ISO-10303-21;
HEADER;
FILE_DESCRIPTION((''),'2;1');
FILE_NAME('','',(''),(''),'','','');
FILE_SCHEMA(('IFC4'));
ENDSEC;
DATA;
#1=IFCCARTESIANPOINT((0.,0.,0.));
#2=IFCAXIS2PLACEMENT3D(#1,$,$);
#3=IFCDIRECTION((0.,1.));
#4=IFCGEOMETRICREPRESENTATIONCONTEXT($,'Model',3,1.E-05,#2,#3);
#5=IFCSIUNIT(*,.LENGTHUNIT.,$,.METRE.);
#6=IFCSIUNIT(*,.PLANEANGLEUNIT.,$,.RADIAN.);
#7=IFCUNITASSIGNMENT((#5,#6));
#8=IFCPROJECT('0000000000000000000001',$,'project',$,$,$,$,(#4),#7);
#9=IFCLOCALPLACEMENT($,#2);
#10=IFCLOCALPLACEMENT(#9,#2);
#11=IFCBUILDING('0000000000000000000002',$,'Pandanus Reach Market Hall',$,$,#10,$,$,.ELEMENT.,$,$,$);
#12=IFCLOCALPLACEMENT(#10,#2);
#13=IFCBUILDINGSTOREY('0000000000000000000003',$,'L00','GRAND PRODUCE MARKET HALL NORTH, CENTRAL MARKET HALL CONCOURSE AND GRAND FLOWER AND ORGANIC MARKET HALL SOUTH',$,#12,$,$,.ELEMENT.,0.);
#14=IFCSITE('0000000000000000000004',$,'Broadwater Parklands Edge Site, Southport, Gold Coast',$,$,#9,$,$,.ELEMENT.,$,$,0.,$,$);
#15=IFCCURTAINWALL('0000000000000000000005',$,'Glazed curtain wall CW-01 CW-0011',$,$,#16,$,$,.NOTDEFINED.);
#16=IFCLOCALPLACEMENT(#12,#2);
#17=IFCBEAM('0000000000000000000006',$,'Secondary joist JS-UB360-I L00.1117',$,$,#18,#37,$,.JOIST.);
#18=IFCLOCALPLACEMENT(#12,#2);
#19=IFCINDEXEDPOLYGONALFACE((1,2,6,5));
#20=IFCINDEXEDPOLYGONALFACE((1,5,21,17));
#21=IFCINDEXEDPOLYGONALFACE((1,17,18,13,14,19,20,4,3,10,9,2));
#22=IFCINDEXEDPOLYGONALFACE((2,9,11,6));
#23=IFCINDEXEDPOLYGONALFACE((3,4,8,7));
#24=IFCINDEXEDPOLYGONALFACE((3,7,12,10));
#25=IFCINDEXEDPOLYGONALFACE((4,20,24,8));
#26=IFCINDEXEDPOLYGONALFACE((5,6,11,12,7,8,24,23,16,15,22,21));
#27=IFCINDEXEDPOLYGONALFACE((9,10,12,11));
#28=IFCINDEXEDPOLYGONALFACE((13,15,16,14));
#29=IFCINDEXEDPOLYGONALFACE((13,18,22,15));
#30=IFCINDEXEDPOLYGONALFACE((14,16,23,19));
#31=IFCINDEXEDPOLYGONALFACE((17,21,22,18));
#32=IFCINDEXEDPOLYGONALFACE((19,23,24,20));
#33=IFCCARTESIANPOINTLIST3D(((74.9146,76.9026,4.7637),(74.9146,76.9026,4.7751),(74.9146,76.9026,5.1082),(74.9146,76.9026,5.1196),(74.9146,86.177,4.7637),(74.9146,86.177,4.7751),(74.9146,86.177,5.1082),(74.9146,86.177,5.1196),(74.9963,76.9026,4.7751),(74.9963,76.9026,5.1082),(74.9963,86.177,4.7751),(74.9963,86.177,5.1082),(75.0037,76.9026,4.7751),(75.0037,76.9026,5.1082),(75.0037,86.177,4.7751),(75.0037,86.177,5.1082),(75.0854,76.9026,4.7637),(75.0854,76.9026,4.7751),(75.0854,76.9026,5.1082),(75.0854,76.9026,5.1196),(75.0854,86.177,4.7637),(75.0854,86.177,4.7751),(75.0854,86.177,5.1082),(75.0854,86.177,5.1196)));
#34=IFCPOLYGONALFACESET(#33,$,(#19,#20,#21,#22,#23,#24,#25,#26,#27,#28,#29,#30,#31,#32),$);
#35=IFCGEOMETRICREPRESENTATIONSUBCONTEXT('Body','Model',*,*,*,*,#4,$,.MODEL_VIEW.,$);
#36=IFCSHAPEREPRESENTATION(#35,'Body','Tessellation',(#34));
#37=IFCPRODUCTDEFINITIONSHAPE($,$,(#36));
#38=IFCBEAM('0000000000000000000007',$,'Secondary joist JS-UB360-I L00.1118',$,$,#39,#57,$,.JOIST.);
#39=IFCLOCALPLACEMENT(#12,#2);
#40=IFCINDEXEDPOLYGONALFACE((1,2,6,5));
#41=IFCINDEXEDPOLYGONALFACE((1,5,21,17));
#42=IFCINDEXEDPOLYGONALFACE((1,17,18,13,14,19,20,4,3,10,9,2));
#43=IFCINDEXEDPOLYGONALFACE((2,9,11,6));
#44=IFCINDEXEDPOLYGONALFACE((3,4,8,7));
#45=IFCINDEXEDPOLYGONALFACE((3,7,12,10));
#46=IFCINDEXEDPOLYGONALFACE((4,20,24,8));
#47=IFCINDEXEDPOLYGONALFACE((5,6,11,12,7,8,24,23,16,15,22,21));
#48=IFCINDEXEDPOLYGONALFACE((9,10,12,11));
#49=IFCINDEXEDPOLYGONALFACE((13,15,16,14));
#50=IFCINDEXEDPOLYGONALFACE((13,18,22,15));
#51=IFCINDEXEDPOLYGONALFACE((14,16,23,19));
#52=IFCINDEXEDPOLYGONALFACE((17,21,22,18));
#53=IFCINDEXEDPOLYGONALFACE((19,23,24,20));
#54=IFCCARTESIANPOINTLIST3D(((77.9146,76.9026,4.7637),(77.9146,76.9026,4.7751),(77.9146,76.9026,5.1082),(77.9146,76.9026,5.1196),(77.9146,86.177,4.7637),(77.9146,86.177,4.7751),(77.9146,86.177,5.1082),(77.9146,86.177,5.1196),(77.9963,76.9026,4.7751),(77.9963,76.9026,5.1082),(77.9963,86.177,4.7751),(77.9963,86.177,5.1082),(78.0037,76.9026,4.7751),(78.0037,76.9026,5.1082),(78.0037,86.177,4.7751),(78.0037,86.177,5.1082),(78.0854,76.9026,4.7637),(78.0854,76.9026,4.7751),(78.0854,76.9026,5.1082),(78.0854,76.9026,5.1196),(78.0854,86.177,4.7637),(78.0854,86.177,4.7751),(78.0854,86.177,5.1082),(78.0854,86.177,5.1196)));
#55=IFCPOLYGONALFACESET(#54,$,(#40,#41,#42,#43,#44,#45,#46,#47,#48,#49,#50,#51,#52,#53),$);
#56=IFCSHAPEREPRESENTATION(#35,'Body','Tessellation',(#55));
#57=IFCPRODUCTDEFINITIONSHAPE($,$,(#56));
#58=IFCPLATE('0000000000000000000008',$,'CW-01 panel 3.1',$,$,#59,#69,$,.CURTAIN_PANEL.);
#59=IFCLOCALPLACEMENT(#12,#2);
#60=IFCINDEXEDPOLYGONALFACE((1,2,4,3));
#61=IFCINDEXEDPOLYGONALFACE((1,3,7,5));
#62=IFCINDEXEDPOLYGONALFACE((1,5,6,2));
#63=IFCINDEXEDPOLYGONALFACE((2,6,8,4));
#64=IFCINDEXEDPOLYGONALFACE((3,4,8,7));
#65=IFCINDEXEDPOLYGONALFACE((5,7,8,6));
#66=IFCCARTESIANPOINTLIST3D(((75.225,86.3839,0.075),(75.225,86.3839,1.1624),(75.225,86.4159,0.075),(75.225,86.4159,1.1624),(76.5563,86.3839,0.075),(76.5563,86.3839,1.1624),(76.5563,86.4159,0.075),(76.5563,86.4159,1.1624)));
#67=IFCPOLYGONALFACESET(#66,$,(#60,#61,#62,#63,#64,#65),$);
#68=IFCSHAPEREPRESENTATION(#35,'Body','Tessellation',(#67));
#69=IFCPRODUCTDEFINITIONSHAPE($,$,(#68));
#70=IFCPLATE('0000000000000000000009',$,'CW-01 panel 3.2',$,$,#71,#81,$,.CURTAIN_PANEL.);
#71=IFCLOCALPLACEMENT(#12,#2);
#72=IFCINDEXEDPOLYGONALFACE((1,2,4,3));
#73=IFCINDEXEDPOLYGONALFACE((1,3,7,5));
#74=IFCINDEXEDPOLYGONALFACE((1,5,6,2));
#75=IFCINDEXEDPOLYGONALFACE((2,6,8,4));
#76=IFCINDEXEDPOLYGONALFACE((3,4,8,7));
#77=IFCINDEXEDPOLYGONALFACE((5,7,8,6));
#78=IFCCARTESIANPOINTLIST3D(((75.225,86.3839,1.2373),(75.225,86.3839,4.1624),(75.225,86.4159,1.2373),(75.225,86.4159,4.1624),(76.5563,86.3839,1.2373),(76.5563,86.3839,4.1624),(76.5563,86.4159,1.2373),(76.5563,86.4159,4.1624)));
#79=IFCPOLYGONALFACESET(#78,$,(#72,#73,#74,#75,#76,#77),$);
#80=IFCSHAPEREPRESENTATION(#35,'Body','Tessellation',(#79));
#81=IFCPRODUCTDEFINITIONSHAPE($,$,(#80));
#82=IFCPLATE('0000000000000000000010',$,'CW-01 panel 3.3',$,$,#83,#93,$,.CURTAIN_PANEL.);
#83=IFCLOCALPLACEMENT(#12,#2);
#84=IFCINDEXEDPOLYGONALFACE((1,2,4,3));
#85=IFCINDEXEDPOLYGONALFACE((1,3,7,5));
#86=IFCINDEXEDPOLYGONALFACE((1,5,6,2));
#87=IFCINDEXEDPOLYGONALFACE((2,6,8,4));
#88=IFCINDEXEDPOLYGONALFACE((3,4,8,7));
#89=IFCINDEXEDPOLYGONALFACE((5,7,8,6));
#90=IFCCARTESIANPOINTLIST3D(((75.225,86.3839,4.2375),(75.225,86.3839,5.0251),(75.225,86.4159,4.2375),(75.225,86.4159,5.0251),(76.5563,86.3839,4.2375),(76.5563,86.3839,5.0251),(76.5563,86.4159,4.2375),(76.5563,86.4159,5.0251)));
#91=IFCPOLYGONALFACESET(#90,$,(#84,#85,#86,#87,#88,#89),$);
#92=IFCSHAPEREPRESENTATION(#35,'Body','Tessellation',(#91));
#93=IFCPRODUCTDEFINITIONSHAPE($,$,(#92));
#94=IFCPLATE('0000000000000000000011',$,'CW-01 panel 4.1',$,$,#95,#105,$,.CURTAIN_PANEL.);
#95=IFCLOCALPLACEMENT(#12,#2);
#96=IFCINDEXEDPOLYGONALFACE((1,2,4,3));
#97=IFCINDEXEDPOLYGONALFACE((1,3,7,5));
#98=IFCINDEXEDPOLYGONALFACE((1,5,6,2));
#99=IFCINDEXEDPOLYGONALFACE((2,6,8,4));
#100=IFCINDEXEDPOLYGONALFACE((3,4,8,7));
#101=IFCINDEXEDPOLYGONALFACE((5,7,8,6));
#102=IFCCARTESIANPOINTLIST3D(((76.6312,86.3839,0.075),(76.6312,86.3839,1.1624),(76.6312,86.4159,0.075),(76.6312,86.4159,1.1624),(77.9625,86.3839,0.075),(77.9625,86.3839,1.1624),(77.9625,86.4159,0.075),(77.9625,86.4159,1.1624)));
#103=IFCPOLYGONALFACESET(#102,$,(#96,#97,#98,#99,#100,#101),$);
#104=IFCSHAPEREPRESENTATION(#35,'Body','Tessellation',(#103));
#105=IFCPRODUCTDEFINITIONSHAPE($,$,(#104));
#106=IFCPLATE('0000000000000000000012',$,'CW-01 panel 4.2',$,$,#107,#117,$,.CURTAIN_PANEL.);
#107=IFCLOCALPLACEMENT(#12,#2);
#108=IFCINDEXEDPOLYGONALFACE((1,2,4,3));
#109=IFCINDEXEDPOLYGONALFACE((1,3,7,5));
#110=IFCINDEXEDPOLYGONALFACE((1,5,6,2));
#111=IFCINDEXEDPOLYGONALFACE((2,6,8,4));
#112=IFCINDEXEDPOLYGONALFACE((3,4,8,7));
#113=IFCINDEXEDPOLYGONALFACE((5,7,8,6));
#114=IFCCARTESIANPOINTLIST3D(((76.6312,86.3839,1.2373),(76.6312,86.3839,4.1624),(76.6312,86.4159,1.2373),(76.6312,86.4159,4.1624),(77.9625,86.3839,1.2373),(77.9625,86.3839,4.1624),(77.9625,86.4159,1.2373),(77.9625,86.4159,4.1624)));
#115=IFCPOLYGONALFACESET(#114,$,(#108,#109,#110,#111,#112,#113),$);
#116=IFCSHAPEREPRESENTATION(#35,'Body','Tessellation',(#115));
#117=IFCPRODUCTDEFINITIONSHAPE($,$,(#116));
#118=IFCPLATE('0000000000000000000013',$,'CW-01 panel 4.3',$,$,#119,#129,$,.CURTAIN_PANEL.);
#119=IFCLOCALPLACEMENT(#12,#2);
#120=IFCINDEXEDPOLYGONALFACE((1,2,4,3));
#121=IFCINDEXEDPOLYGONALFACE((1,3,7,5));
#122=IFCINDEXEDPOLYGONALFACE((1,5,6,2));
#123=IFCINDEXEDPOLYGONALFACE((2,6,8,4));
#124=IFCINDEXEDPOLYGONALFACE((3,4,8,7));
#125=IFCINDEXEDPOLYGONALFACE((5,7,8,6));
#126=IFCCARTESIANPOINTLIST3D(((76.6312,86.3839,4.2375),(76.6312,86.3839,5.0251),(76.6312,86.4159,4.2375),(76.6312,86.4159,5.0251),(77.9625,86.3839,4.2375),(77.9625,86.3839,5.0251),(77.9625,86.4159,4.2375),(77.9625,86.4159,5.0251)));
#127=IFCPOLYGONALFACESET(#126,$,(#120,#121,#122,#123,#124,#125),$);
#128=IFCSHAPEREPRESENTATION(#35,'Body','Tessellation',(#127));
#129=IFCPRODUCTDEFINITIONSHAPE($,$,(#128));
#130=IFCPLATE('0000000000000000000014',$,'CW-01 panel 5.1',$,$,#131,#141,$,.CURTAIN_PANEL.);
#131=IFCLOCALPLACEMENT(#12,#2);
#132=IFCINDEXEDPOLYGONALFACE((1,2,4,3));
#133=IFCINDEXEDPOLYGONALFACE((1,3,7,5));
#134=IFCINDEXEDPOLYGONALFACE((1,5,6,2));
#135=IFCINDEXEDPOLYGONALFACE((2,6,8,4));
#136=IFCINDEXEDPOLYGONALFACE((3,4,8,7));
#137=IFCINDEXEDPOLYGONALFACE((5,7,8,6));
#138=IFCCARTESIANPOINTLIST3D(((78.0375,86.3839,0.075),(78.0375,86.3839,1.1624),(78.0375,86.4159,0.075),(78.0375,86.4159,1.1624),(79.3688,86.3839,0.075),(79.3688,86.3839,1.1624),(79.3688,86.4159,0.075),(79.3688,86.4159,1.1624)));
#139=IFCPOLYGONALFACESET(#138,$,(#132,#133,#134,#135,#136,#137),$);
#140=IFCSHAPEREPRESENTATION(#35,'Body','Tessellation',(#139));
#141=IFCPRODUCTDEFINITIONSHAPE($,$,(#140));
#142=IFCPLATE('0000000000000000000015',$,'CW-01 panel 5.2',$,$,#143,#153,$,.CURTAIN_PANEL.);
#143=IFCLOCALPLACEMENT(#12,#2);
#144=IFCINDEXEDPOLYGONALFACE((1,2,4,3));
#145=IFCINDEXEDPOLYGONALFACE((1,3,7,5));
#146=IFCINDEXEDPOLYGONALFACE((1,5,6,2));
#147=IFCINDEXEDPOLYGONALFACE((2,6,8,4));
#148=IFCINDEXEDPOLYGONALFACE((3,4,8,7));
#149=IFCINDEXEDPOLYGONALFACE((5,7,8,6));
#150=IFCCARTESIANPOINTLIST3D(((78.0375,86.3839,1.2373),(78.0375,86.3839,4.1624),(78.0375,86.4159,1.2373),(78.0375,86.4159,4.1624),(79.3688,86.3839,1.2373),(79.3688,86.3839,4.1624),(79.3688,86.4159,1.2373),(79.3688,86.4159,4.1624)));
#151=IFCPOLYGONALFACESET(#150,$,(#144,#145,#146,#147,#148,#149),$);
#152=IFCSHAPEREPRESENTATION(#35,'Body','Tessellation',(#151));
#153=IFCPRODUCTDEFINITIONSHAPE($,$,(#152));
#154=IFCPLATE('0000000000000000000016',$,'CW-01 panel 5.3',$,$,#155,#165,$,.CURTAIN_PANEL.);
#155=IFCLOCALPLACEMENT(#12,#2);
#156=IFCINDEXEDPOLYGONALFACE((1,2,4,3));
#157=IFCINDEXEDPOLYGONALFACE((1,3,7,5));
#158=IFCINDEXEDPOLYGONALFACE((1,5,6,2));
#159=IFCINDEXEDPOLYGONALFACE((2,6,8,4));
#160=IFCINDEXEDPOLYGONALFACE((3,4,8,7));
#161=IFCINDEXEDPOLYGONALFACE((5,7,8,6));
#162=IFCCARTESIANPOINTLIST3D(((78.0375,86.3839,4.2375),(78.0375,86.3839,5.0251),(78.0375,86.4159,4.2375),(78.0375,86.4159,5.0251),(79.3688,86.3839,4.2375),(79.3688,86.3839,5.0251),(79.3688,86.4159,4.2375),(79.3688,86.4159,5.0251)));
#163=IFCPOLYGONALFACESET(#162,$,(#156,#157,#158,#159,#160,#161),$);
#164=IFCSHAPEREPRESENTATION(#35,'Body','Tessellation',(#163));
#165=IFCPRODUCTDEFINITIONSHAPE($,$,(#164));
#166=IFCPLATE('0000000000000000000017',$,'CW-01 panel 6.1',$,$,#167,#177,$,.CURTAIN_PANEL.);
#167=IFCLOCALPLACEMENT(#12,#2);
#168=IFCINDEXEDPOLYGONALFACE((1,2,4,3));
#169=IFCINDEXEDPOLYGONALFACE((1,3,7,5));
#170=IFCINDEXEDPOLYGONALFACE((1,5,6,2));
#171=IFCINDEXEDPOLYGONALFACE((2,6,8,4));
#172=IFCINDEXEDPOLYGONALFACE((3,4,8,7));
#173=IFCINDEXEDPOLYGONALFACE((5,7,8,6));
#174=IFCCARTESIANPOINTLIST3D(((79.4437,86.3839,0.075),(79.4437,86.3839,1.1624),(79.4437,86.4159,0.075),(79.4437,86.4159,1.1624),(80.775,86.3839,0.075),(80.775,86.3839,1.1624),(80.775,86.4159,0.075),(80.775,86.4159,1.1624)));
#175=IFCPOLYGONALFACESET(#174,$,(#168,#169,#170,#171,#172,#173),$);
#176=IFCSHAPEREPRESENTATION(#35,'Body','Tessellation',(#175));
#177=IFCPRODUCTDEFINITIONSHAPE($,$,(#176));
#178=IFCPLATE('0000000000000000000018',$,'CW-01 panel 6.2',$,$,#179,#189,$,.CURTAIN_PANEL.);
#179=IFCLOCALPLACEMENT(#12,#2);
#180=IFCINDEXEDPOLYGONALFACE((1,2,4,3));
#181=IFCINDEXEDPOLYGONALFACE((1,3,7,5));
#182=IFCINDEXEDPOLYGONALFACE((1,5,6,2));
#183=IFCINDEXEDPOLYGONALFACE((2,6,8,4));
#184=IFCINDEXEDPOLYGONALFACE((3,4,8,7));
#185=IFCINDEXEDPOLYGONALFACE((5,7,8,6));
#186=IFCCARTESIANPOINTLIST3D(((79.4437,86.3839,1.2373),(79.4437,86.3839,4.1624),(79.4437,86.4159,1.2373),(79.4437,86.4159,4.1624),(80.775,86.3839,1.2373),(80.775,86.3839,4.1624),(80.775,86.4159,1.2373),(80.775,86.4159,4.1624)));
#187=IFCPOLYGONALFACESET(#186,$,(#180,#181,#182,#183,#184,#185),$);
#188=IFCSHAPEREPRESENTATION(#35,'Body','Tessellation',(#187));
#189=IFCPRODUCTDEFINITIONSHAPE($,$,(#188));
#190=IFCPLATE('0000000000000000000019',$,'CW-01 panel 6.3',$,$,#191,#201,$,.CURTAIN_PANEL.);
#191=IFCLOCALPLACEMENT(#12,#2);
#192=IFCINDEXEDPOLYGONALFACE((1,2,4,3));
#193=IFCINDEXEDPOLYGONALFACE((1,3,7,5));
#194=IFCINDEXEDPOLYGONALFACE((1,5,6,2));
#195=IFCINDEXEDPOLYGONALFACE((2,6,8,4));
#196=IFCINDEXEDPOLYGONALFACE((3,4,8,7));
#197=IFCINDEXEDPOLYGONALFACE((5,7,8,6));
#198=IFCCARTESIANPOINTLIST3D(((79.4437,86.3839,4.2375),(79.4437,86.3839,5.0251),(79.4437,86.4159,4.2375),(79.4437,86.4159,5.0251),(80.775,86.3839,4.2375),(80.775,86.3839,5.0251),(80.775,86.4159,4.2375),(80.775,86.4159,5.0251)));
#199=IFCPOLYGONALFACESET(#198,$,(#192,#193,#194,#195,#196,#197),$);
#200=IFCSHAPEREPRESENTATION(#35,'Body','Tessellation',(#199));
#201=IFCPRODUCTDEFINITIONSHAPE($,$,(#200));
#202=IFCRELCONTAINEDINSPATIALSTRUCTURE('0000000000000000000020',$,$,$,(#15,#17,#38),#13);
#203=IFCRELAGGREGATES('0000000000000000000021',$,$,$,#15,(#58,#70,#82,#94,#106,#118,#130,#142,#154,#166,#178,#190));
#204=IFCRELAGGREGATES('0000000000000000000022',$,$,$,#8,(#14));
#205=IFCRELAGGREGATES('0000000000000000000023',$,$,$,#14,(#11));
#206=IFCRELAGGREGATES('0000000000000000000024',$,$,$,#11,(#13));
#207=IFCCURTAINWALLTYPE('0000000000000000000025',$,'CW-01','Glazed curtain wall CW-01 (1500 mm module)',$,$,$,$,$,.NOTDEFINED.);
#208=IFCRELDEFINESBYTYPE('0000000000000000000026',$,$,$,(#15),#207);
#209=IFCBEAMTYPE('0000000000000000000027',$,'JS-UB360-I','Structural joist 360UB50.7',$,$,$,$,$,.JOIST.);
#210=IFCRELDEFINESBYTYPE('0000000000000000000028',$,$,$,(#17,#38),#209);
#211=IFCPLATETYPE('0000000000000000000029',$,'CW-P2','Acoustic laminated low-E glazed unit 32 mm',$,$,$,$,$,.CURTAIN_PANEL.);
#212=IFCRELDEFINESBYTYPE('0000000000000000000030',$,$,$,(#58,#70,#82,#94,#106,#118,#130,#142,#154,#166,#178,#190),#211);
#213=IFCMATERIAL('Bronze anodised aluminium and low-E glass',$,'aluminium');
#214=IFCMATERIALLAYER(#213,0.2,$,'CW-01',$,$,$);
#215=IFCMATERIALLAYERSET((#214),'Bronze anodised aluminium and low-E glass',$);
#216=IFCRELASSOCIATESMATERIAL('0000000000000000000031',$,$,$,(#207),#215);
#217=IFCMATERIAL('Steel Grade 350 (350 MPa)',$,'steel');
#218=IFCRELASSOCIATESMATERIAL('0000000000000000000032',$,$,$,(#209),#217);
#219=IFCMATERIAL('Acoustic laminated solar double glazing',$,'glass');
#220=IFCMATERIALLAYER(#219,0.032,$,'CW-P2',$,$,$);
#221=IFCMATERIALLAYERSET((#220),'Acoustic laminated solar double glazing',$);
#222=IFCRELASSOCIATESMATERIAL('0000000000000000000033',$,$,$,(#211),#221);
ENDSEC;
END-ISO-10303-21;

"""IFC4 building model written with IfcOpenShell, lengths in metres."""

from ifc_helpers import new_model, si_unit, direction, frame, origin, origin_2d, place, context, subcontext, project, spatial, rectangle, i_section, extrude, material, layer, layer_set, material_profile, profile_set, type_object, element, aggregate, save


model = new_model("IFC4")

# Units and contexts
model_context = context("Model", 3, precision=1e-05, world=origin(), true_north=direction((0.0, 1.0)))
body_context = subcontext(model_context, "Body", "Model", "MODEL_VIEW")
ifc_project = project(units=[si_unit("LENGTHUNIT", "METRE"), si_unit("PLANEANGLEUNIT", "RADIAN")], contexts=[model_context])

# Site, building, storey
site_placement = place(None, origin())
site = spatial("IfcSite", under=ifc_project, at=site_placement, Name="Broadwater Parklands Edge Site, Southport, Gold Coast", CompositionType="ELEMENT", RefElevation=0.0)
building_placement = place(site_placement, origin())
building = spatial("IfcBuilding", under=site, at=building_placement, Name="Pandanus Reach Market Hall", CompositionType="ELEMENT")
storey_placement = place(building_placement, origin())
storey = spatial("IfcBuildingStorey", under=building, at=storey_placement, Name="L00", Description="GRAND PRODUCE MARKET HALL NORTH, CENTRAL MARKET HALL CONCOURSE AND GRAND FLOWER AND ORGANIC MARKET HALL SOUTH", CompositionType="ELEMENT", Elevation=0.0)

# Curtain wall
ifc_material_1 = material(Name="Bronze anodised aluminium and low-E glass", Category="aluminium")
ifc_layer_1 = layer(ifc_material_1, 0.2, Name="CW-01")
ifc_layer_set_1 = layer_set([ifc_layer_1], Name="Bronze anodised aluminium and low-E glass")
curtain_wall_type = type_object("IfcCurtainWallType", Name="CW-01", Description="Glazed curtain wall CW-01 (1500 mm module)", PredefinedType="NOTDEFINED", material=ifc_layer_set_1)
curtain_wall_placement = place(storey_placement, origin())
curtain_wall = element("IfcCurtainWall", 1, at=curtain_wall_placement, inside=storey, type_object=curtain_wall_type, Name="Glazed curtain wall CW-01 CW-0011", PredefinedType="NOTDEFINED")

# Beams
ifc_material_2 = material(Name="Steel Grade 350 (350 MPa)", Category="steel")
ifc_material_profile_1 = material_profile(ifc_material_2, i_section(OverallWidth=0.1709, OverallDepth=0.356, WebThickness=0.0073, FlangeThickness=0.0115, at=origin_2d()), Name="360UB50.7", Category="LoadBearing")
ifc_profile_set_1 = profile_set([ifc_material_profile_1], Name="Steel Grade 350 (350 MPa)")
beam_type = type_object("IfcBeamType", Name="JS-UB360-I", Description="Structural joist 360UB50.7", PredefinedType="JOIST", material=ifc_profile_set_1)
for number, where, z_axis, x_axis, name in (
    (2, (75.0, 76.9026, 4.9417), (0.0, 1.0, 0.0), (-1.0, 0.0, 0.0), "Secondary joist JS-UB360-I L00.1117"),
    (3, (78.0, 76.9026, 4.9417), (0.0, 1.0, 0.0), (-1.0, 0.0, 0.0), "Secondary joist JS-UB360-I L00.1118"),
):
    element("IfcBeam", number, at=place(storey_placement, frame(where, z_axis=z_axis, x_axis=x_axis)), inside=storey, type_object=beam_type, Name=name, PredefinedType="JOIST", context=body_context, shape_type="SweptSolid", body=[
        extrude(i_section(OverallWidth=0.1709, OverallDepth=0.356, WebThickness=0.0073, FlangeThickness=0.0115, at=origin_2d()), origin(), (0.0, 0.0, 1.0), 9.2744),
    ])

# Plates
ifc_material_3 = material(Name="Acoustic laminated solar double glazing", Category="glass")
ifc_layer_2 = layer(ifc_material_3, 0.032, Name="CW-P2")
ifc_layer_set_2 = layer_set([ifc_layer_2], Name="Acoustic laminated solar double glazing")
plate_type = type_object("IfcPlateType", Name="CW-P2", Description="Acoustic laminated low-E glazed unit 32 mm", PredefinedType="CURTAIN_PANEL", material=ifc_layer_set_2)
plate_1_placement = place(storey_placement, frame((75.8906, 86.3999, 0.075), z_axis=(0.0, 0.0, 1.0), x_axis=(1.0, 0.0, 0.0)))
plate_1 = element("IfcPlate", 4, at=plate_1_placement, type_object=plate_type, Name="CW-01 panel 3.1", PredefinedType="CURTAIN_PANEL", context=body_context, shape_type="SweptSolid", body=[
    extrude(rectangle(XDim=1.3313, YDim=0.032, at=origin_2d()), origin(), (0.0, 0.0, 1.0), 1.0874),
])
plate_2_placement = place(storey_placement, frame((75.8906, 86.3999, 1.2373), z_axis=(0.0, 0.0, 1.0), x_axis=(1.0, 0.0, 0.0)))
plate_2 = element("IfcPlate", 5, at=plate_2_placement, type_object=plate_type, Name="CW-01 panel 3.2", PredefinedType="CURTAIN_PANEL", context=body_context, shape_type="SweptSolid", body=[
    extrude(rectangle(XDim=1.3313, YDim=0.032, at=origin_2d()), origin(), (0.0, 0.0, 1.0), 2.925),
])
plate_3_placement = place(storey_placement, frame((75.8906, 86.3999, 4.2375), z_axis=(0.0, 0.0, 1.0), x_axis=(1.0, 0.0, 0.0)))
plate_3 = element("IfcPlate", 6, at=plate_3_placement, type_object=plate_type, Name="CW-01 panel 3.3", PredefinedType="CURTAIN_PANEL", context=body_context, shape_type="SweptSolid", body=[
    extrude(rectangle(XDim=1.3313, YDim=0.032, at=origin_2d()), origin(), (0.0, 0.0, 1.0), 0.7876),
])
plate_4_placement = place(storey_placement, frame((77.2969, 86.3999, 0.075), z_axis=(0.0, 0.0, 1.0), x_axis=(1.0, 0.0, 0.0)))
plate_4 = element("IfcPlate", 7, at=plate_4_placement, type_object=plate_type, Name="CW-01 panel 4.1", PredefinedType="CURTAIN_PANEL", context=body_context, shape_type="SweptSolid", body=[
    extrude(rectangle(XDim=1.3313, YDim=0.032, at=origin_2d()), origin(), (0.0, 0.0, 1.0), 1.0874),
])
plate_5_placement = place(storey_placement, frame((77.2969, 86.3999, 1.2373), z_axis=(0.0, 0.0, 1.0), x_axis=(1.0, 0.0, 0.0)))
plate_5 = element("IfcPlate", 8, at=plate_5_placement, type_object=plate_type, Name="CW-01 panel 4.2", PredefinedType="CURTAIN_PANEL", context=body_context, shape_type="SweptSolid", body=[
    extrude(rectangle(XDim=1.3313, YDim=0.032, at=origin_2d()), origin(), (0.0, 0.0, 1.0), 2.925),
])
plate_6_placement = place(storey_placement, frame((77.2969, 86.3999, 4.2375), z_axis=(0.0, 0.0, 1.0), x_axis=(1.0, 0.0, 0.0)))
plate_6 = element("IfcPlate", 9, at=plate_6_placement, type_object=plate_type, Name="CW-01 panel 4.3", PredefinedType="CURTAIN_PANEL", context=body_context, shape_type="SweptSolid", body=[
    extrude(rectangle(XDim=1.3313, YDim=0.032, at=origin_2d()), origin(), (0.0, 0.0, 1.0), 0.7876),
])
plate_7_placement = place(storey_placement, frame((78.7031, 86.3999, 0.075), z_axis=(0.0, 0.0, 1.0), x_axis=(1.0, 0.0, 0.0)))
plate_7 = element("IfcPlate", 10, at=plate_7_placement, type_object=plate_type, Name="CW-01 panel 5.1", PredefinedType="CURTAIN_PANEL", context=body_context, shape_type="SweptSolid", body=[
    extrude(rectangle(XDim=1.3313, YDim=0.032, at=origin_2d()), origin(), (0.0, 0.0, 1.0), 1.0874),
])
plate_8_placement = place(storey_placement, frame((78.7031, 86.3999, 1.2373), z_axis=(0.0, 0.0, 1.0), x_axis=(1.0, 0.0, 0.0)))
plate_8 = element("IfcPlate", 11, at=plate_8_placement, type_object=plate_type, Name="CW-01 panel 5.2", PredefinedType="CURTAIN_PANEL", context=body_context, shape_type="SweptSolid", body=[
    extrude(rectangle(XDim=1.3313, YDim=0.032, at=origin_2d()), origin(), (0.0, 0.0, 1.0), 2.925),
])
plate_9_placement = place(storey_placement, frame((78.7031, 86.3999, 4.2375), z_axis=(0.0, 0.0, 1.0), x_axis=(1.0, 0.0, 0.0)))
plate_9 = element("IfcPlate", 12, at=plate_9_placement, type_object=plate_type, Name="CW-01 panel 5.3", PredefinedType="CURTAIN_PANEL", context=body_context, shape_type="SweptSolid", body=[
    extrude(rectangle(XDim=1.3313, YDim=0.032, at=origin_2d()), origin(), (0.0, 0.0, 1.0), 0.7876),
])
plate_10_placement = place(storey_placement, frame((80.1094, 86.3999, 0.075), z_axis=(0.0, 0.0, 1.0), x_axis=(1.0, 0.0, 0.0)))
plate_10 = element("IfcPlate", 13, at=plate_10_placement, type_object=plate_type, Name="CW-01 panel 6.1", PredefinedType="CURTAIN_PANEL", context=body_context, shape_type="SweptSolid", body=[
    extrude(rectangle(XDim=1.3313, YDim=0.032, at=origin_2d()), origin(), (0.0, 0.0, 1.0), 1.0874),
])
plate_11_placement = place(storey_placement, frame((80.1094, 86.3999, 1.2373), z_axis=(0.0, 0.0, 1.0), x_axis=(1.0, 0.0, 0.0)))
plate_11 = element("IfcPlate", 14, at=plate_11_placement, type_object=plate_type, Name="CW-01 panel 6.2", PredefinedType="CURTAIN_PANEL", context=body_context, shape_type="SweptSolid", body=[
    extrude(rectangle(XDim=1.3313, YDim=0.032, at=origin_2d()), origin(), (0.0, 0.0, 1.0), 2.925),
])
plate_12_placement = place(storey_placement, frame((80.1094, 86.3999, 4.2375), z_axis=(0.0, 0.0, 1.0), x_axis=(1.0, 0.0, 0.0)))
plate_12 = element("IfcPlate", 15, at=plate_12_placement, type_object=plate_type, Name="CW-01 panel 6.3", PredefinedType="CURTAIN_PANEL", context=body_context, shape_type="SweptSolid", body=[
    extrude(rectangle(XDim=1.3313, YDim=0.032, at=origin_2d()), origin(), (0.0, 0.0, 1.0), 0.7876),
])
aggregate(curtain_wall, [plate_1, plate_2, plate_3, plate_4, plate_5, plate_6, plate_7, plate_8, plate_9, plate_10, plate_11, plate_12])

save(model, "model.ifc")
